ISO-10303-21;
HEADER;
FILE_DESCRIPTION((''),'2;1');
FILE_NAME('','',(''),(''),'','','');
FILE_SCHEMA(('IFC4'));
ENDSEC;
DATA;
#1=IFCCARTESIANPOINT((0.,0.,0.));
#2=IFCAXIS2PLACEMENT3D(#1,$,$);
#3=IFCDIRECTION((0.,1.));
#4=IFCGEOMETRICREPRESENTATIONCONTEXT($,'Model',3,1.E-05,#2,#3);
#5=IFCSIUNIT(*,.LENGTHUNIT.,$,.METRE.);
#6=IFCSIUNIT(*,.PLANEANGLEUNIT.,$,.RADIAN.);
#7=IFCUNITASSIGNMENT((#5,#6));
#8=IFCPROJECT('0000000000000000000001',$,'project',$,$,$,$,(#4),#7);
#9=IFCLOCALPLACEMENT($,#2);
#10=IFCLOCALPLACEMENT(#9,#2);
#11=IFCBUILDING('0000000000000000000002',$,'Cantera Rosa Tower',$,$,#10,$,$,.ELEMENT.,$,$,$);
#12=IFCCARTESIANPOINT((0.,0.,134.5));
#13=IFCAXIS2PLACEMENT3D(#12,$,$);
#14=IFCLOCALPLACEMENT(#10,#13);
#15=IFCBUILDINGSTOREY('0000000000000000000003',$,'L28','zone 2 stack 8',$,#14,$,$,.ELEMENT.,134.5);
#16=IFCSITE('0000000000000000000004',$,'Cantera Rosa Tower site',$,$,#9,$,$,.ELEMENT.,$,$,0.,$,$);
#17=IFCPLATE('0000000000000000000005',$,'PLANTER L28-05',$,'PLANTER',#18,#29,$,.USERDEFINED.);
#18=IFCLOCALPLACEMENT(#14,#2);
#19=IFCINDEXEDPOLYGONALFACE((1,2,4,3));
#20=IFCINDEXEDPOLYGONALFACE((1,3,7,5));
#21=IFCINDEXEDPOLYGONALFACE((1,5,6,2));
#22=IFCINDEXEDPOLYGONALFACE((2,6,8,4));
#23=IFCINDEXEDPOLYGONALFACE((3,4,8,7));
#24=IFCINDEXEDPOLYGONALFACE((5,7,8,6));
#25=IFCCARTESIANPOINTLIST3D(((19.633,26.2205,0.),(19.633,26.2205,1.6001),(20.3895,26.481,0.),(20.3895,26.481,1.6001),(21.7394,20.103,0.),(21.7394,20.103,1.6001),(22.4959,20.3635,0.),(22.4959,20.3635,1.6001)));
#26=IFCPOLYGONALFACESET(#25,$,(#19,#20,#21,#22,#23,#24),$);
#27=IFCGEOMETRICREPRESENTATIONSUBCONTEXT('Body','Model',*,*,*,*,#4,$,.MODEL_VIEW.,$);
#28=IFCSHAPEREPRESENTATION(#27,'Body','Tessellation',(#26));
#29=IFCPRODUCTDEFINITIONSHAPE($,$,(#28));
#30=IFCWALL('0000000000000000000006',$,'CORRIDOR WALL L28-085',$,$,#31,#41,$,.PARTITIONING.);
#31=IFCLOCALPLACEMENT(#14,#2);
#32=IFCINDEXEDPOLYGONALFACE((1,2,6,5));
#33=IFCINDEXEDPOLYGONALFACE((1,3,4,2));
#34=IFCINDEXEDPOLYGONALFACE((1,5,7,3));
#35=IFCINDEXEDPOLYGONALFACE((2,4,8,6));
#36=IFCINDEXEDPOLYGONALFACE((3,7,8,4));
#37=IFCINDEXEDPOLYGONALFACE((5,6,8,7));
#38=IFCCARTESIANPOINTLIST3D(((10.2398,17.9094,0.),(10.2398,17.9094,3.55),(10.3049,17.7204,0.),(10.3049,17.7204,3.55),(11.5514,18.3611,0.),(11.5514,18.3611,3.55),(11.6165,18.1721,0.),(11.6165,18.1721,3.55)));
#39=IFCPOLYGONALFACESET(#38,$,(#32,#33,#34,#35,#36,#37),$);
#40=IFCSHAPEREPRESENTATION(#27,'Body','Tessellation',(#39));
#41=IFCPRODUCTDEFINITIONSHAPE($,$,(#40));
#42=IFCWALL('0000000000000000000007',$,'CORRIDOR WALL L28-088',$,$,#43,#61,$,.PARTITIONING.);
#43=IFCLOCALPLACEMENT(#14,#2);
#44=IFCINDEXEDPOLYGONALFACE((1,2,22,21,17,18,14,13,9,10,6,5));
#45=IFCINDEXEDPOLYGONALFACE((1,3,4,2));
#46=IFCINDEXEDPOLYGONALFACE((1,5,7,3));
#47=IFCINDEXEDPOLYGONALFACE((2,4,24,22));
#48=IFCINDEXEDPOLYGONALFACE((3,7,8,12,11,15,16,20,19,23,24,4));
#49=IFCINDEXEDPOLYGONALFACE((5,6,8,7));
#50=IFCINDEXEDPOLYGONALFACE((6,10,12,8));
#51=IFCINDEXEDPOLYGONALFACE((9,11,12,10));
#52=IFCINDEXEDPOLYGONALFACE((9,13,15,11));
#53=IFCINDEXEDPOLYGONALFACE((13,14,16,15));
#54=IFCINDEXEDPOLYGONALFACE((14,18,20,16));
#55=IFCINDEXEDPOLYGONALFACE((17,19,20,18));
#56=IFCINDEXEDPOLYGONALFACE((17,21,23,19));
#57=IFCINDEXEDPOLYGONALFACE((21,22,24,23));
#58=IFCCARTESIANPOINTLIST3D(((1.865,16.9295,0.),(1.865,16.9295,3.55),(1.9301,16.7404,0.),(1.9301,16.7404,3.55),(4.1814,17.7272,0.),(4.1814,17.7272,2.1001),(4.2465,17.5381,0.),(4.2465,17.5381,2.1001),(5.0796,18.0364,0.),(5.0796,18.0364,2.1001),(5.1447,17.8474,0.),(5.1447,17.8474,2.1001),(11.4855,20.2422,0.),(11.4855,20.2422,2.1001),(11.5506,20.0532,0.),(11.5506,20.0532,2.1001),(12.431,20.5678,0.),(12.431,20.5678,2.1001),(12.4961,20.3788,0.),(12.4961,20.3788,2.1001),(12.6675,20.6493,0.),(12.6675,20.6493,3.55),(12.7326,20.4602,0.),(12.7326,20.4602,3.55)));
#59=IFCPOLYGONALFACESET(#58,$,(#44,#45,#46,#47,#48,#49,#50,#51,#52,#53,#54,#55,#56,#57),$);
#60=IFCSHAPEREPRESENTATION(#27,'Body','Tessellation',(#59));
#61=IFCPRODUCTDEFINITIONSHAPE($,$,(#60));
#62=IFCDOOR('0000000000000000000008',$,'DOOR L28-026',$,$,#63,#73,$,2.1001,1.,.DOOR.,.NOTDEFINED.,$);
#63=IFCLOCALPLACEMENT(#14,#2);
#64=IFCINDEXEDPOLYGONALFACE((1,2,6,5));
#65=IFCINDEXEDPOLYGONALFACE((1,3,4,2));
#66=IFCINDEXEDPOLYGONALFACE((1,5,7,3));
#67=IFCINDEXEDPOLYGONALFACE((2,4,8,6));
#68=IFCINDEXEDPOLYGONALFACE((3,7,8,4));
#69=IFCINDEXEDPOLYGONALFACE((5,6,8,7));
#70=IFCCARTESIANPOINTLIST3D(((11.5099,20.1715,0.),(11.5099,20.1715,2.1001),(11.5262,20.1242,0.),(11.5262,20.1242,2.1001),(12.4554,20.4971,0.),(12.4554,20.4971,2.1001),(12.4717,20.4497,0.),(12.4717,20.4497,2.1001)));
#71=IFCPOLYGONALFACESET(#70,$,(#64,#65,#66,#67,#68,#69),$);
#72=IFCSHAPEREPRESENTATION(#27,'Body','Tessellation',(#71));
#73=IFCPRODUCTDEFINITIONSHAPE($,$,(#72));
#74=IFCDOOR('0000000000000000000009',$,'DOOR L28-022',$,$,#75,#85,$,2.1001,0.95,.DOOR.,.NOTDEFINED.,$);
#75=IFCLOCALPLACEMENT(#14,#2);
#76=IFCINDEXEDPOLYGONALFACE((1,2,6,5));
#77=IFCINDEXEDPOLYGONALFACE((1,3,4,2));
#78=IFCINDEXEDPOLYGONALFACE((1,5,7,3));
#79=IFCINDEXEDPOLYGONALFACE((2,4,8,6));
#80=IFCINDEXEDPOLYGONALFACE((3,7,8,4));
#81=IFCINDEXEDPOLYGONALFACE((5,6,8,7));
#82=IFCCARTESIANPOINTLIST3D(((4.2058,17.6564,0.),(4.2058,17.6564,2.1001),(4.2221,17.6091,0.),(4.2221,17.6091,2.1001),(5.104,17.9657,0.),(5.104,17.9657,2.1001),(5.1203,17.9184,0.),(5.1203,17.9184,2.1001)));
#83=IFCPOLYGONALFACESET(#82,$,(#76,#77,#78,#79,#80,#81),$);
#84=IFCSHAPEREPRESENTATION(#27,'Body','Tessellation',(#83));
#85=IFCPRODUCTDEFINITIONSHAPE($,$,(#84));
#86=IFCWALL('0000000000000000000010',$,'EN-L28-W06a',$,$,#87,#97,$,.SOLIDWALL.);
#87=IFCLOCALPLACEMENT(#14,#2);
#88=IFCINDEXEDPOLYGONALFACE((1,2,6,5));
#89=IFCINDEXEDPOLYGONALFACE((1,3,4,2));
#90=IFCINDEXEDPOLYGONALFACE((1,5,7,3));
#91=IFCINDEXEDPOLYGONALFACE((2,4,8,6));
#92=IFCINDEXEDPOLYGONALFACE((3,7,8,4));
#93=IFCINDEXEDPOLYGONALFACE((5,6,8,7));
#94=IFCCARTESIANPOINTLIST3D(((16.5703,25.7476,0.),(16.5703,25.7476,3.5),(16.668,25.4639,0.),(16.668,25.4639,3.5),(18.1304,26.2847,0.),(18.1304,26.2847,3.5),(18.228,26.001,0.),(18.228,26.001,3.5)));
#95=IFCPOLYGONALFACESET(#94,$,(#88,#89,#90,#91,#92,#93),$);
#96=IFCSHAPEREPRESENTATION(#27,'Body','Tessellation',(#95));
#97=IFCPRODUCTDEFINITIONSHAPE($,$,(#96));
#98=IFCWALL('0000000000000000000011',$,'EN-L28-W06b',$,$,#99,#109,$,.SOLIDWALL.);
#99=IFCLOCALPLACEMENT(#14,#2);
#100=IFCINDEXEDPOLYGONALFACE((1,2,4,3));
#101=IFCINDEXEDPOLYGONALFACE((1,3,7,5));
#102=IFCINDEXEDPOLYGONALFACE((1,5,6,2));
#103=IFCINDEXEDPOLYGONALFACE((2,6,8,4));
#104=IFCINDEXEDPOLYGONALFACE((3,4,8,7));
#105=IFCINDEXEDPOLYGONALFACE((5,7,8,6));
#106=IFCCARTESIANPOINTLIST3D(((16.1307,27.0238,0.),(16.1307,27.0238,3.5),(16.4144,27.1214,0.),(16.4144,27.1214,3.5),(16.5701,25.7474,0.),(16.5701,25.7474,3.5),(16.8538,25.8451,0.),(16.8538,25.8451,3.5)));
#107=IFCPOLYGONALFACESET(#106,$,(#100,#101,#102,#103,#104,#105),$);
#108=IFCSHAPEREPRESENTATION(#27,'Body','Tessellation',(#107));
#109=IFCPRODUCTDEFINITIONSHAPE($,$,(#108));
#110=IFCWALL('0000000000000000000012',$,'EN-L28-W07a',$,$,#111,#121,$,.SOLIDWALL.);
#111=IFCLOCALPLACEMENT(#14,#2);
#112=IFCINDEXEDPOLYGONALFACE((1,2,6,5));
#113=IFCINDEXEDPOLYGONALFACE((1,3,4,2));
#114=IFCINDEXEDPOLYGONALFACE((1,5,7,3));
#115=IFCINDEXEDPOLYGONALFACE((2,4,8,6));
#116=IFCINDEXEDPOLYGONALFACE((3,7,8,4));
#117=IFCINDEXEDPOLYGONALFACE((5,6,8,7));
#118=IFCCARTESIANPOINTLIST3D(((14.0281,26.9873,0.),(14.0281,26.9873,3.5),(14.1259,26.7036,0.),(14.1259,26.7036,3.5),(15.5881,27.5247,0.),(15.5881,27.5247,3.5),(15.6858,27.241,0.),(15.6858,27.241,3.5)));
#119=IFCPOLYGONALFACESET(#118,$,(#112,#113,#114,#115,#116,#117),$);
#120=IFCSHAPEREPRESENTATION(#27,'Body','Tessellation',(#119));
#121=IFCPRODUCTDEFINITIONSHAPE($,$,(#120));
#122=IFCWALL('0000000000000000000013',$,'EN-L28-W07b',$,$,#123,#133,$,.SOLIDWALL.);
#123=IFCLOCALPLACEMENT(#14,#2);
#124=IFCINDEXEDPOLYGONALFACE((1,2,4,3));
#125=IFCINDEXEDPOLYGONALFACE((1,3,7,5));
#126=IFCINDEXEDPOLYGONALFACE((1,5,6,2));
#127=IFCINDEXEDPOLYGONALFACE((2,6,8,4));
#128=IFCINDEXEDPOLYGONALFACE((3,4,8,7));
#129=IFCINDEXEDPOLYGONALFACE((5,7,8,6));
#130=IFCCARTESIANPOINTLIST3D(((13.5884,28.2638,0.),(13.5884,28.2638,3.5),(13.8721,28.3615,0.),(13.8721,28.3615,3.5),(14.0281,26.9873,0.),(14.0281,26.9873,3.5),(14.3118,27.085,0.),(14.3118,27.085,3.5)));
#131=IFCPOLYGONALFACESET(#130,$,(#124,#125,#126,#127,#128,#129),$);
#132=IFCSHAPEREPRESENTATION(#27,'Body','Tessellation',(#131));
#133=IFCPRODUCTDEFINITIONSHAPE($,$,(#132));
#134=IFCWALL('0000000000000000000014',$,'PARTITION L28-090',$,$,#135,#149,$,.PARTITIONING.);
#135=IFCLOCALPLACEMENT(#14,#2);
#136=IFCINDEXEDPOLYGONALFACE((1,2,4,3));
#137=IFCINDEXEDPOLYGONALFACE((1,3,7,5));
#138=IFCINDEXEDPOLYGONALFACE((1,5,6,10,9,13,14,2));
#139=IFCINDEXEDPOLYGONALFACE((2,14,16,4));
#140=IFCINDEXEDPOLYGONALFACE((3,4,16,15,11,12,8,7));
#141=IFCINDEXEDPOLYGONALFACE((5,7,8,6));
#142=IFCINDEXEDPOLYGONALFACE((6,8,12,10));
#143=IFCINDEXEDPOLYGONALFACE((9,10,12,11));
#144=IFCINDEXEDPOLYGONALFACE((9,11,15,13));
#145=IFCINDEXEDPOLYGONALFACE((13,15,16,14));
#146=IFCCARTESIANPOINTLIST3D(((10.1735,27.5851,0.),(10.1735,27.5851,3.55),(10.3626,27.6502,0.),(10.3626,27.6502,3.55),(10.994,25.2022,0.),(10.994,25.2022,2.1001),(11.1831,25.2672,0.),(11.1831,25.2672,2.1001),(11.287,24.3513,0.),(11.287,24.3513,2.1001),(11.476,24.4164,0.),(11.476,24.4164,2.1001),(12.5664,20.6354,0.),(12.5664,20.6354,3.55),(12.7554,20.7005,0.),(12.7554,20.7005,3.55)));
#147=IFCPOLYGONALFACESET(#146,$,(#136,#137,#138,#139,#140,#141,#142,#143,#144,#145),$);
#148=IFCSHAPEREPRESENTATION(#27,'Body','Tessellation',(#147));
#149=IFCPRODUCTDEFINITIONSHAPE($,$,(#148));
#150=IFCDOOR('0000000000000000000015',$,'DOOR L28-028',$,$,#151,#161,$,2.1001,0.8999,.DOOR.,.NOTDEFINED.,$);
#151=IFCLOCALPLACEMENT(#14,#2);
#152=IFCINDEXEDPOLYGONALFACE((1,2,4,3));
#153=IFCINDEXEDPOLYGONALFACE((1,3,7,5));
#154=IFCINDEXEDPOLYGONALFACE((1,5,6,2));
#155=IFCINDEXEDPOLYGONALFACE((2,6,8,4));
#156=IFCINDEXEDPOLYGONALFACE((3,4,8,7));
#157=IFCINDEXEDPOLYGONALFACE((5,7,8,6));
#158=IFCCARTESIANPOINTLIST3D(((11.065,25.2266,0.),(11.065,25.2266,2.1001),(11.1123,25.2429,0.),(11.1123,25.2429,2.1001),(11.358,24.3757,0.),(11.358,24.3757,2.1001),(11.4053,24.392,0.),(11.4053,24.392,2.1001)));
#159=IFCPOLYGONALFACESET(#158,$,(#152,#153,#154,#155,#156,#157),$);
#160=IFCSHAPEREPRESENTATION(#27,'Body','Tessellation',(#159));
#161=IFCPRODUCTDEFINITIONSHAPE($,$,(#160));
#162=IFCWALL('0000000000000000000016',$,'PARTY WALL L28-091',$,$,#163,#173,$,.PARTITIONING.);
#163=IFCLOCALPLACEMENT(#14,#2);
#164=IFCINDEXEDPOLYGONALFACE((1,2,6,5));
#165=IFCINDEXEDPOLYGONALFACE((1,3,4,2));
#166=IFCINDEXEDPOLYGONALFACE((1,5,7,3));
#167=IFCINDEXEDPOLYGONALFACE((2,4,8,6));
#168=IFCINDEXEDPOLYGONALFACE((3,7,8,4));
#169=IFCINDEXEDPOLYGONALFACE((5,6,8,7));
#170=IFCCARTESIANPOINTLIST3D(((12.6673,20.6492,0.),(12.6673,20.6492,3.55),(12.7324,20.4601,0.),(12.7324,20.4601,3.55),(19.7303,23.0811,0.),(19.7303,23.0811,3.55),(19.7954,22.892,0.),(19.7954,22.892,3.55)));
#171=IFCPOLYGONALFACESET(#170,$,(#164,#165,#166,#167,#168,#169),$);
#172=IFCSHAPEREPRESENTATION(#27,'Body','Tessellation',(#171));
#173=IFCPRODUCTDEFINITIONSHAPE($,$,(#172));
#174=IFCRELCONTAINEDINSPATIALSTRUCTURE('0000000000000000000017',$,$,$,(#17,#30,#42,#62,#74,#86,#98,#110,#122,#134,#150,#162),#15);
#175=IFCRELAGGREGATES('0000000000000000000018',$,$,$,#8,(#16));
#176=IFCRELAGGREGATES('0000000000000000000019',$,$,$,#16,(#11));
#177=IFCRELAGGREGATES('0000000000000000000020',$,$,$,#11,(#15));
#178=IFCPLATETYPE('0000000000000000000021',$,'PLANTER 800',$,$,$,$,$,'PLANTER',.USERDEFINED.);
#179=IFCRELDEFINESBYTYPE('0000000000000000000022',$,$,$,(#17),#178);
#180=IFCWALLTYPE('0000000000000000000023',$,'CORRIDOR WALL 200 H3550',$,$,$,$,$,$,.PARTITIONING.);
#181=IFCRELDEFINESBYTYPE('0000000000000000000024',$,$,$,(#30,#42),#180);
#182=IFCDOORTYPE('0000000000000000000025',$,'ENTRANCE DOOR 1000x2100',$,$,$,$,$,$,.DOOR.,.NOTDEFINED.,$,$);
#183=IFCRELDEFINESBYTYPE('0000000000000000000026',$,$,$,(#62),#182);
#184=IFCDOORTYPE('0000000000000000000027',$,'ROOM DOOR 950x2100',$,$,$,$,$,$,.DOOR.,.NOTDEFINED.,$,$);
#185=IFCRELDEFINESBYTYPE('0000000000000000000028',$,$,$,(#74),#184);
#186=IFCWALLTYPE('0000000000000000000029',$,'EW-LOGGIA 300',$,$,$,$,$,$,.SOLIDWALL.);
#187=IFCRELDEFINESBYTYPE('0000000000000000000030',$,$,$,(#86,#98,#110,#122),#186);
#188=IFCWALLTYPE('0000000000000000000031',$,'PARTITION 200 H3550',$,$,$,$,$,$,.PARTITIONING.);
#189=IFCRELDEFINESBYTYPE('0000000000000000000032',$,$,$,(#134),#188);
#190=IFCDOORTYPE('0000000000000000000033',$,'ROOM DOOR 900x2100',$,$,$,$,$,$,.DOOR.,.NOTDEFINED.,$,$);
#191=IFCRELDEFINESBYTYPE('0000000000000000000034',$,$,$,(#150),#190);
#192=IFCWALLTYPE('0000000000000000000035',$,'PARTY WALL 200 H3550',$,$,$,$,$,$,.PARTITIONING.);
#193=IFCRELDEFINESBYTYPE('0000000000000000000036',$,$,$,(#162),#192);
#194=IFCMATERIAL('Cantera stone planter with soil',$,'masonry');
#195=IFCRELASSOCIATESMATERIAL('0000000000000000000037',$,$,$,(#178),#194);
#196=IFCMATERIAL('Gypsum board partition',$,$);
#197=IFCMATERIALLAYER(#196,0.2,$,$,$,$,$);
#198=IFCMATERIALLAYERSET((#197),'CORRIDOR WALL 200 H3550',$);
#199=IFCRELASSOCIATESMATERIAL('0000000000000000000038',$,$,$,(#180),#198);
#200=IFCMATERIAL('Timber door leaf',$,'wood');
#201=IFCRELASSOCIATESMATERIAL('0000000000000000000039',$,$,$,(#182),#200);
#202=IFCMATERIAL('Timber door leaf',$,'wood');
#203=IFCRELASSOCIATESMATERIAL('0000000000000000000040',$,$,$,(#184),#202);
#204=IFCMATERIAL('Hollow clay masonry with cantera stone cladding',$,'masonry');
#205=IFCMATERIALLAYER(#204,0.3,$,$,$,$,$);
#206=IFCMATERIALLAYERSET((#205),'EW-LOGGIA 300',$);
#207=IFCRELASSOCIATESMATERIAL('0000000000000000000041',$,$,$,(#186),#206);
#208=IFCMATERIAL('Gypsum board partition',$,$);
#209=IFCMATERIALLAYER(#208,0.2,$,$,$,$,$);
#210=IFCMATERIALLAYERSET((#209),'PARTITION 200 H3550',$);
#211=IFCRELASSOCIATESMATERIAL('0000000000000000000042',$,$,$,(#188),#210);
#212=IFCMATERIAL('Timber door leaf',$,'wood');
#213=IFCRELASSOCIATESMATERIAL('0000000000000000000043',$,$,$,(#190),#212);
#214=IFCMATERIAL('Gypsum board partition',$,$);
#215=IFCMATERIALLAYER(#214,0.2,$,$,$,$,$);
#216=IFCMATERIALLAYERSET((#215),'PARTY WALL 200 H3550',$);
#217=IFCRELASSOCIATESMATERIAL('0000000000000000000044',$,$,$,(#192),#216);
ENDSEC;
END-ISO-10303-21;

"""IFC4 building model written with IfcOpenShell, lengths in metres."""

from ifc_helpers import new_model, si_unit, direction, frame, frame_2d, origin, origin_2d, place, context, subcontext, project, spatial, rectangle, extrude, material, layer, layer_set, type_object, element, fill, save


model = new_model("IFC4")

# Units and contexts
model_context = context("Model", 3, precision=1e-05, world=origin(), true_north=direction((0.0, 1.0)))
body_context = subcontext(model_context, "Body", "Model", "MODEL_VIEW")
ifc_project = project(units=[si_unit("LENGTHUNIT", "METRE"), si_unit("PLANEANGLEUNIT", "RADIAN")], contexts=[model_context])

# Site, building, storey
site_placement = place(None, origin())
site = spatial("IfcSite", under=ifc_project, at=site_placement, Name="Cantera Rosa Tower site", CompositionType="ELEMENT", RefElevation=0.0)
building_placement = place(site_placement, origin())
building = spatial("IfcBuilding", under=site, at=building_placement, Name="Cantera Rosa Tower", CompositionType="ELEMENT")
storey_placement = place(building_placement, frame((0.0, 0.0, 134.5)))
storey = spatial("IfcBuildingStorey", under=building, at=storey_placement, Name="L28", Description="zone 2 stack 8", CompositionType="ELEMENT", Elevation=134.5)

# Plate
ifc_material_1 = material(Name="Cantera stone planter with soil", Category="masonry")
plate_type = type_object("IfcPlateType", Name="PLANTER 800", ElementType="PLANTER", PredefinedType="USERDEFINED", material=ifc_material_1)
plate_placement = place(storey_placement, frame((21.0645, 23.292, 0.0), z_axis=(0.0, 0.0, 1.0), x_axis=(-0.325568, 0.945519, 0.0)))
element("IfcPlate", 1, at=plate_placement, inside=storey, type_object=plate_type, Name="PLANTER L28-05", ObjectType="PLANTER", PredefinedType="USERDEFINED", context=body_context, shape_type="SweptSolid", body=[
    extrude(rectangle(XDim=6.47, YDim=0.8, at=origin_2d()), origin(), (0.0, 0.0, 1.0), 1.6001),
])

# Wall
ifc_material_2 = material(Name="Gypsum board partition")
ifc_layer_1 = layer(ifc_material_2, 0.2)
ifc_layer_set_1 = layer_set([ifc_layer_1], Name="CORRIDOR WALL 200 H3550")
wall_type_1 = type_object("IfcWallType", Name="CORRIDOR WALL 200 H3550", PredefinedType="PARTITIONING", material=ifc_layer_set_1)
wall_1_placement = place(storey_placement, frame((11.584, 18.2666, 0.0), z_axis=(0.0, 0.0, 1.0), x_axis=(-0.945504, -0.325611, 0.0)))
element("IfcWall", 2, at=wall_1_placement, inside=storey, type_object=wall_type_1, Name="CORRIDOR WALL L28-085", PredefinedType="PARTITIONING", context=body_context, shape_type="SweptSolid", body=[
    extrude(rectangle(XDim=1.3872, YDim=0.2, at=frame_2d((0.6936, 0.0))), origin(), (0.0, 0.0, 1.0), 3.55),
])

# Wall, openings, doors
wall_2_placement = place(storey_placement, frame((12.7, 20.5547, 0.0), z_axis=(0.0, 0.0, 1.0), x_axis=(-0.945515, -0.325578, 0.0)))
wall_2 = element("IfcWall", 3, at=wall_2_placement, inside=storey, type_object=wall_type_1, Name="CORRIDOR WALL L28-088", PredefinedType="PARTITIONING", context=body_context, shape_type="SweptSolid", body=[
    extrude(rectangle(XDim=11.425, YDim=0.2, at=frame_2d((5.7124, 0.0))), origin(), (0.0, 0.0, 1.0), 3.55),
])
opening_1_placement = place(wall_2_placement, frame((8.0249, 0.0, 0.0)))
opening_1 = element("IfcOpeningElement", 4, at=opening_1_placement, cuts=wall_2, PredefinedType="OPENING", context=body_context, shape_type="SweptSolid", body=[
    extrude(rectangle(XDim=0.95, YDim=2.1001, at=frame_2d((0.4751, 1.05))), frame((0.0, 0.1099, 0.0), z_axis=(0.0, -1.0, 0.0), x_axis=(1.0, 0.0, 0.0)), (0.0, 0.0, 1.0), 0.22),
])
opening_2_placement = place(wall_2_placement, frame((0.25, 0.0, 0.0)))
opening_2 = element("IfcOpeningElement", 5, at=opening_2_placement, cuts=wall_2, PredefinedType="OPENING", context=body_context, shape_type="SweptSolid", body=[
    extrude(rectangle(XDim=1.0, YDim=2.1001, at=frame_2d((0.5, 1.05))), frame((0.0, 0.1099, 0.0), z_axis=(0.0, -1.0, 0.0), x_axis=(1.0, 0.0, 0.0)), (0.0, 0.0, 1.0), 0.22),
])
ifc_material_3 = material(Name="Timber door leaf", Category="wood")
door_type_1 = type_object("IfcDoorType", Name="ENTRANCE DOOR 1000x2100", OperationType="NOTDEFINED", PredefinedType="DOOR", material=ifc_material_3)
door_1_placement = place(opening_2_placement, origin())
door_1 = element("IfcDoor", 6, at=door_1_placement, inside=storey, type_object=door_type_1, Name="DOOR L28-026", OperationType="NOTDEFINED", OverallHeight=2.1001, OverallWidth=1.0, PredefinedType="DOOR", context=body_context, shape_type="SweptSolid", body=[
    extrude(rectangle(XDim=1.0, YDim=2.1001, at=frame_2d((0.5, 1.05))), frame((0.0, 0.0249, 0.0), z_axis=(0.0, -1.0, 0.0), x_axis=(1.0, 0.0, 0.0)), (0.0, 0.0, 1.0), 0.05),
])
fill(opening_2, door_1)
ifc_material_4 = material(Name="Timber door leaf", Category="wood")
door_type_2 = type_object("IfcDoorType", Name="ROOM DOOR 950x2100", OperationType="NOTDEFINED", PredefinedType="DOOR", material=ifc_material_4)
door_2_placement = place(opening_1_placement, origin())
door_2 = element("IfcDoor", 7, at=door_2_placement, inside=storey, type_object=door_type_2, Name="DOOR L28-022", OperationType="NOTDEFINED", OverallHeight=2.1001, OverallWidth=0.95, PredefinedType="DOOR", context=body_context, shape_type="SweptSolid", body=[
    extrude(rectangle(XDim=0.95, YDim=2.1001, at=frame_2d((0.4751, 1.05))), frame((0.0, 0.0249, 0.0), z_axis=(0.0, -1.0, 0.0), x_axis=(1.0, 0.0, 0.0)), (0.0, 0.0, 1.0), 0.05),
])
fill(opening_1, door_2)

# Walls
ifc_material_5 = material(Name="Hollow clay masonry with cantera stone cladding", Category="masonry")
ifc_layer_2 = layer(ifc_material_5, 0.3)
ifc_layer_set_2 = layer_set([ifc_layer_2], Name="EW-LOGGIA 300")
wall_type_2 = type_object("IfcWallType", Name="EW-LOGGIA 300", PredefinedType="SOLIDWALL", material=ifc_layer_set_2)
wall_3_placement = place(storey_placement, frame((18.1792, 26.1428, 0.0), z_axis=(0.0, 0.0, 1.0), x_axis=(-0.94553, -0.325535, 0.0)))
element("IfcWall", 8, at=wall_3_placement, inside=storey, type_object=wall_type_2, Name="EN-L28-W06a", PredefinedType="SOLIDWALL", context=body_context, shape_type="SweptSolid", body=[
    extrude(rectangle(XDim=1.6499, YDim=0.3, at=frame_2d((0.825, 0.0))), origin(), (0.0, 0.0, 1.0), 3.5),
])
wall_4_placement = place(storey_placement, frame((16.7119, 25.7964, 0.0), z_axis=(0.0, 0.0, 1.0), x_axis=(-0.325545, 0.945527, 0.0)))
element("IfcWall", 9, at=wall_4_placement, inside=storey, type_object=wall_type_2, Name="EN-L28-W06b", PredefinedType="SOLIDWALL", context=body_context, shape_type="SweptSolid", body=[
    extrude(rectangle(XDim=1.3499, YDim=0.3, at=frame_2d((0.6748, 0.0))), origin(), (0.0, 0.0, 1.0), 3.5),
])
wall_5_placement = place(storey_placement, frame((15.637, 27.3828, 0.0), z_axis=(0.0, 0.0, 1.0), x_axis=(-0.945485, -0.325667, 0.0)))
element("IfcWall", 10, at=wall_5_placement, inside=storey, type_object=wall_type_2, Name="EN-L28-W07a", PredefinedType="SOLIDWALL", context=body_context, shape_type="SweptSolid", body=[
    extrude(rectangle(XDim=1.6499, YDim=0.3, at=frame_2d((0.825, 0.0))), origin(), (0.0, 0.0, 1.0), 3.5),
])
wall_6_placement = place(storey_placement, frame((14.1699, 27.0361, 0.0), z_axis=(0.0, 0.0, 1.0), x_axis=(-0.325651, 0.94549, 0.0)))
element("IfcWall", 11, at=wall_6_placement, inside=storey, type_object=wall_type_2, Name="EN-L28-W07b", PredefinedType="SOLIDWALL", context=body_context, shape_type="SweptSolid", body=[
    extrude(rectangle(XDim=1.3501, YDim=0.3, at=frame_2d((0.675, 0.0))), origin(), (0.0, 0.0, 1.0), 3.5),
])

# Wall, opening, door
ifc_material_6 = material(Name="Gypsum board partition")
ifc_layer_3 = layer(ifc_material_6, 0.2)
ifc_layer_set_3 = layer_set([ifc_layer_3], Name="PARTITION 200 H3550")
wall_type_3 = type_object("IfcWallType", Name="PARTITION 200 H3550", PredefinedType="PARTITIONING", material=ifc_layer_set_3)
wall_7_placement = place(storey_placement, frame((12.6609, 20.668, 0.0), z_axis=(0.0, 0.0, 1.0), x_axis=(-0.325549, 0.945525, 0.0)))
wall_7 = element("IfcWall", 12, at=wall_7_placement, inside=storey, type_object=wall_type_3, Name="PARTITION L28-090", PredefinedType="PARTITIONING", context=body_context, shape_type="SweptSolid", body=[
    extrude(rectangle(XDim=7.3501, YDim=0.2, at=frame_2d((3.675, 0.0))), origin(), (0.0, 0.0, 1.0), 3.55),
])
opening_3_placement = place(wall_7_placement, frame((3.9299, 0.0, 0.0)))
opening_3 = element("IfcOpeningElement", 13, at=opening_3_placement, cuts=wall_7, PredefinedType="OPENING", context=body_context, shape_type="SweptSolid", body=[
    extrude(rectangle(XDim=0.8999, YDim=2.1001, at=frame_2d((0.45, 1.05))), frame((0.0, 0.1099, 0.0), z_axis=(0.0, -1.0, 0.0), x_axis=(1.0, 0.0, 0.0)), (0.0, 0.0, 1.0), 0.22),
])
ifc_material_7 = material(Name="Timber door leaf", Category="wood")
door_type_3 = type_object("IfcDoorType", Name="ROOM DOOR 900x2100", OperationType="NOTDEFINED", PredefinedType="DOOR", material=ifc_material_7)
door_3_placement = place(opening_3_placement, origin())
door_3 = element("IfcDoor", 14, at=door_3_placement, inside=storey, type_object=door_type_3, Name="DOOR L28-028", OperationType="NOTDEFINED", OverallHeight=2.1001, OverallWidth=0.8999, PredefinedType="DOOR", context=body_context, shape_type="SweptSolid", body=[
    extrude(rectangle(XDim=0.8999, YDim=2.1001, at=frame_2d((0.45, 1.05))), frame((0.0, 0.0249, 0.0), z_axis=(0.0, -1.0, 0.0), x_axis=(1.0, 0.0, 0.0)), (0.0, 0.0, 1.0), 0.05),
])
fill(opening_3, door_3)

# Wall
ifc_material_8 = material(Name="Gypsum board partition")
ifc_layer_4 = layer(ifc_material_8, 0.2)
ifc_layer_set_4 = layer_set([ifc_layer_4], Name="PARTY WALL 200 H3550")
wall_type_4 = type_object("IfcWallType", Name="PARTY WALL 200 H3550", PredefinedType="PARTITIONING", material=ifc_layer_set_4)
wall_8_placement = place(storey_placement, frame((12.7, 20.5547, 0.0), z_axis=(0.0, 0.0, 1.0), x_axis=(0.945523, 0.325557, 0.0)))
element("IfcWall", 15, at=wall_8_placement, inside=storey, type_object=wall_type_4, Name="PARTY WALL L28-091", PredefinedType="PARTITIONING", context=body_context, shape_type="SweptSolid", body=[
    extrude(rectangle(XDim=7.47, YDim=0.2, at=frame_2d((3.7349, 0.0))), origin(), (0.0, 0.0, 1.0), 3.55),
])

save(model, "model.ifc")
